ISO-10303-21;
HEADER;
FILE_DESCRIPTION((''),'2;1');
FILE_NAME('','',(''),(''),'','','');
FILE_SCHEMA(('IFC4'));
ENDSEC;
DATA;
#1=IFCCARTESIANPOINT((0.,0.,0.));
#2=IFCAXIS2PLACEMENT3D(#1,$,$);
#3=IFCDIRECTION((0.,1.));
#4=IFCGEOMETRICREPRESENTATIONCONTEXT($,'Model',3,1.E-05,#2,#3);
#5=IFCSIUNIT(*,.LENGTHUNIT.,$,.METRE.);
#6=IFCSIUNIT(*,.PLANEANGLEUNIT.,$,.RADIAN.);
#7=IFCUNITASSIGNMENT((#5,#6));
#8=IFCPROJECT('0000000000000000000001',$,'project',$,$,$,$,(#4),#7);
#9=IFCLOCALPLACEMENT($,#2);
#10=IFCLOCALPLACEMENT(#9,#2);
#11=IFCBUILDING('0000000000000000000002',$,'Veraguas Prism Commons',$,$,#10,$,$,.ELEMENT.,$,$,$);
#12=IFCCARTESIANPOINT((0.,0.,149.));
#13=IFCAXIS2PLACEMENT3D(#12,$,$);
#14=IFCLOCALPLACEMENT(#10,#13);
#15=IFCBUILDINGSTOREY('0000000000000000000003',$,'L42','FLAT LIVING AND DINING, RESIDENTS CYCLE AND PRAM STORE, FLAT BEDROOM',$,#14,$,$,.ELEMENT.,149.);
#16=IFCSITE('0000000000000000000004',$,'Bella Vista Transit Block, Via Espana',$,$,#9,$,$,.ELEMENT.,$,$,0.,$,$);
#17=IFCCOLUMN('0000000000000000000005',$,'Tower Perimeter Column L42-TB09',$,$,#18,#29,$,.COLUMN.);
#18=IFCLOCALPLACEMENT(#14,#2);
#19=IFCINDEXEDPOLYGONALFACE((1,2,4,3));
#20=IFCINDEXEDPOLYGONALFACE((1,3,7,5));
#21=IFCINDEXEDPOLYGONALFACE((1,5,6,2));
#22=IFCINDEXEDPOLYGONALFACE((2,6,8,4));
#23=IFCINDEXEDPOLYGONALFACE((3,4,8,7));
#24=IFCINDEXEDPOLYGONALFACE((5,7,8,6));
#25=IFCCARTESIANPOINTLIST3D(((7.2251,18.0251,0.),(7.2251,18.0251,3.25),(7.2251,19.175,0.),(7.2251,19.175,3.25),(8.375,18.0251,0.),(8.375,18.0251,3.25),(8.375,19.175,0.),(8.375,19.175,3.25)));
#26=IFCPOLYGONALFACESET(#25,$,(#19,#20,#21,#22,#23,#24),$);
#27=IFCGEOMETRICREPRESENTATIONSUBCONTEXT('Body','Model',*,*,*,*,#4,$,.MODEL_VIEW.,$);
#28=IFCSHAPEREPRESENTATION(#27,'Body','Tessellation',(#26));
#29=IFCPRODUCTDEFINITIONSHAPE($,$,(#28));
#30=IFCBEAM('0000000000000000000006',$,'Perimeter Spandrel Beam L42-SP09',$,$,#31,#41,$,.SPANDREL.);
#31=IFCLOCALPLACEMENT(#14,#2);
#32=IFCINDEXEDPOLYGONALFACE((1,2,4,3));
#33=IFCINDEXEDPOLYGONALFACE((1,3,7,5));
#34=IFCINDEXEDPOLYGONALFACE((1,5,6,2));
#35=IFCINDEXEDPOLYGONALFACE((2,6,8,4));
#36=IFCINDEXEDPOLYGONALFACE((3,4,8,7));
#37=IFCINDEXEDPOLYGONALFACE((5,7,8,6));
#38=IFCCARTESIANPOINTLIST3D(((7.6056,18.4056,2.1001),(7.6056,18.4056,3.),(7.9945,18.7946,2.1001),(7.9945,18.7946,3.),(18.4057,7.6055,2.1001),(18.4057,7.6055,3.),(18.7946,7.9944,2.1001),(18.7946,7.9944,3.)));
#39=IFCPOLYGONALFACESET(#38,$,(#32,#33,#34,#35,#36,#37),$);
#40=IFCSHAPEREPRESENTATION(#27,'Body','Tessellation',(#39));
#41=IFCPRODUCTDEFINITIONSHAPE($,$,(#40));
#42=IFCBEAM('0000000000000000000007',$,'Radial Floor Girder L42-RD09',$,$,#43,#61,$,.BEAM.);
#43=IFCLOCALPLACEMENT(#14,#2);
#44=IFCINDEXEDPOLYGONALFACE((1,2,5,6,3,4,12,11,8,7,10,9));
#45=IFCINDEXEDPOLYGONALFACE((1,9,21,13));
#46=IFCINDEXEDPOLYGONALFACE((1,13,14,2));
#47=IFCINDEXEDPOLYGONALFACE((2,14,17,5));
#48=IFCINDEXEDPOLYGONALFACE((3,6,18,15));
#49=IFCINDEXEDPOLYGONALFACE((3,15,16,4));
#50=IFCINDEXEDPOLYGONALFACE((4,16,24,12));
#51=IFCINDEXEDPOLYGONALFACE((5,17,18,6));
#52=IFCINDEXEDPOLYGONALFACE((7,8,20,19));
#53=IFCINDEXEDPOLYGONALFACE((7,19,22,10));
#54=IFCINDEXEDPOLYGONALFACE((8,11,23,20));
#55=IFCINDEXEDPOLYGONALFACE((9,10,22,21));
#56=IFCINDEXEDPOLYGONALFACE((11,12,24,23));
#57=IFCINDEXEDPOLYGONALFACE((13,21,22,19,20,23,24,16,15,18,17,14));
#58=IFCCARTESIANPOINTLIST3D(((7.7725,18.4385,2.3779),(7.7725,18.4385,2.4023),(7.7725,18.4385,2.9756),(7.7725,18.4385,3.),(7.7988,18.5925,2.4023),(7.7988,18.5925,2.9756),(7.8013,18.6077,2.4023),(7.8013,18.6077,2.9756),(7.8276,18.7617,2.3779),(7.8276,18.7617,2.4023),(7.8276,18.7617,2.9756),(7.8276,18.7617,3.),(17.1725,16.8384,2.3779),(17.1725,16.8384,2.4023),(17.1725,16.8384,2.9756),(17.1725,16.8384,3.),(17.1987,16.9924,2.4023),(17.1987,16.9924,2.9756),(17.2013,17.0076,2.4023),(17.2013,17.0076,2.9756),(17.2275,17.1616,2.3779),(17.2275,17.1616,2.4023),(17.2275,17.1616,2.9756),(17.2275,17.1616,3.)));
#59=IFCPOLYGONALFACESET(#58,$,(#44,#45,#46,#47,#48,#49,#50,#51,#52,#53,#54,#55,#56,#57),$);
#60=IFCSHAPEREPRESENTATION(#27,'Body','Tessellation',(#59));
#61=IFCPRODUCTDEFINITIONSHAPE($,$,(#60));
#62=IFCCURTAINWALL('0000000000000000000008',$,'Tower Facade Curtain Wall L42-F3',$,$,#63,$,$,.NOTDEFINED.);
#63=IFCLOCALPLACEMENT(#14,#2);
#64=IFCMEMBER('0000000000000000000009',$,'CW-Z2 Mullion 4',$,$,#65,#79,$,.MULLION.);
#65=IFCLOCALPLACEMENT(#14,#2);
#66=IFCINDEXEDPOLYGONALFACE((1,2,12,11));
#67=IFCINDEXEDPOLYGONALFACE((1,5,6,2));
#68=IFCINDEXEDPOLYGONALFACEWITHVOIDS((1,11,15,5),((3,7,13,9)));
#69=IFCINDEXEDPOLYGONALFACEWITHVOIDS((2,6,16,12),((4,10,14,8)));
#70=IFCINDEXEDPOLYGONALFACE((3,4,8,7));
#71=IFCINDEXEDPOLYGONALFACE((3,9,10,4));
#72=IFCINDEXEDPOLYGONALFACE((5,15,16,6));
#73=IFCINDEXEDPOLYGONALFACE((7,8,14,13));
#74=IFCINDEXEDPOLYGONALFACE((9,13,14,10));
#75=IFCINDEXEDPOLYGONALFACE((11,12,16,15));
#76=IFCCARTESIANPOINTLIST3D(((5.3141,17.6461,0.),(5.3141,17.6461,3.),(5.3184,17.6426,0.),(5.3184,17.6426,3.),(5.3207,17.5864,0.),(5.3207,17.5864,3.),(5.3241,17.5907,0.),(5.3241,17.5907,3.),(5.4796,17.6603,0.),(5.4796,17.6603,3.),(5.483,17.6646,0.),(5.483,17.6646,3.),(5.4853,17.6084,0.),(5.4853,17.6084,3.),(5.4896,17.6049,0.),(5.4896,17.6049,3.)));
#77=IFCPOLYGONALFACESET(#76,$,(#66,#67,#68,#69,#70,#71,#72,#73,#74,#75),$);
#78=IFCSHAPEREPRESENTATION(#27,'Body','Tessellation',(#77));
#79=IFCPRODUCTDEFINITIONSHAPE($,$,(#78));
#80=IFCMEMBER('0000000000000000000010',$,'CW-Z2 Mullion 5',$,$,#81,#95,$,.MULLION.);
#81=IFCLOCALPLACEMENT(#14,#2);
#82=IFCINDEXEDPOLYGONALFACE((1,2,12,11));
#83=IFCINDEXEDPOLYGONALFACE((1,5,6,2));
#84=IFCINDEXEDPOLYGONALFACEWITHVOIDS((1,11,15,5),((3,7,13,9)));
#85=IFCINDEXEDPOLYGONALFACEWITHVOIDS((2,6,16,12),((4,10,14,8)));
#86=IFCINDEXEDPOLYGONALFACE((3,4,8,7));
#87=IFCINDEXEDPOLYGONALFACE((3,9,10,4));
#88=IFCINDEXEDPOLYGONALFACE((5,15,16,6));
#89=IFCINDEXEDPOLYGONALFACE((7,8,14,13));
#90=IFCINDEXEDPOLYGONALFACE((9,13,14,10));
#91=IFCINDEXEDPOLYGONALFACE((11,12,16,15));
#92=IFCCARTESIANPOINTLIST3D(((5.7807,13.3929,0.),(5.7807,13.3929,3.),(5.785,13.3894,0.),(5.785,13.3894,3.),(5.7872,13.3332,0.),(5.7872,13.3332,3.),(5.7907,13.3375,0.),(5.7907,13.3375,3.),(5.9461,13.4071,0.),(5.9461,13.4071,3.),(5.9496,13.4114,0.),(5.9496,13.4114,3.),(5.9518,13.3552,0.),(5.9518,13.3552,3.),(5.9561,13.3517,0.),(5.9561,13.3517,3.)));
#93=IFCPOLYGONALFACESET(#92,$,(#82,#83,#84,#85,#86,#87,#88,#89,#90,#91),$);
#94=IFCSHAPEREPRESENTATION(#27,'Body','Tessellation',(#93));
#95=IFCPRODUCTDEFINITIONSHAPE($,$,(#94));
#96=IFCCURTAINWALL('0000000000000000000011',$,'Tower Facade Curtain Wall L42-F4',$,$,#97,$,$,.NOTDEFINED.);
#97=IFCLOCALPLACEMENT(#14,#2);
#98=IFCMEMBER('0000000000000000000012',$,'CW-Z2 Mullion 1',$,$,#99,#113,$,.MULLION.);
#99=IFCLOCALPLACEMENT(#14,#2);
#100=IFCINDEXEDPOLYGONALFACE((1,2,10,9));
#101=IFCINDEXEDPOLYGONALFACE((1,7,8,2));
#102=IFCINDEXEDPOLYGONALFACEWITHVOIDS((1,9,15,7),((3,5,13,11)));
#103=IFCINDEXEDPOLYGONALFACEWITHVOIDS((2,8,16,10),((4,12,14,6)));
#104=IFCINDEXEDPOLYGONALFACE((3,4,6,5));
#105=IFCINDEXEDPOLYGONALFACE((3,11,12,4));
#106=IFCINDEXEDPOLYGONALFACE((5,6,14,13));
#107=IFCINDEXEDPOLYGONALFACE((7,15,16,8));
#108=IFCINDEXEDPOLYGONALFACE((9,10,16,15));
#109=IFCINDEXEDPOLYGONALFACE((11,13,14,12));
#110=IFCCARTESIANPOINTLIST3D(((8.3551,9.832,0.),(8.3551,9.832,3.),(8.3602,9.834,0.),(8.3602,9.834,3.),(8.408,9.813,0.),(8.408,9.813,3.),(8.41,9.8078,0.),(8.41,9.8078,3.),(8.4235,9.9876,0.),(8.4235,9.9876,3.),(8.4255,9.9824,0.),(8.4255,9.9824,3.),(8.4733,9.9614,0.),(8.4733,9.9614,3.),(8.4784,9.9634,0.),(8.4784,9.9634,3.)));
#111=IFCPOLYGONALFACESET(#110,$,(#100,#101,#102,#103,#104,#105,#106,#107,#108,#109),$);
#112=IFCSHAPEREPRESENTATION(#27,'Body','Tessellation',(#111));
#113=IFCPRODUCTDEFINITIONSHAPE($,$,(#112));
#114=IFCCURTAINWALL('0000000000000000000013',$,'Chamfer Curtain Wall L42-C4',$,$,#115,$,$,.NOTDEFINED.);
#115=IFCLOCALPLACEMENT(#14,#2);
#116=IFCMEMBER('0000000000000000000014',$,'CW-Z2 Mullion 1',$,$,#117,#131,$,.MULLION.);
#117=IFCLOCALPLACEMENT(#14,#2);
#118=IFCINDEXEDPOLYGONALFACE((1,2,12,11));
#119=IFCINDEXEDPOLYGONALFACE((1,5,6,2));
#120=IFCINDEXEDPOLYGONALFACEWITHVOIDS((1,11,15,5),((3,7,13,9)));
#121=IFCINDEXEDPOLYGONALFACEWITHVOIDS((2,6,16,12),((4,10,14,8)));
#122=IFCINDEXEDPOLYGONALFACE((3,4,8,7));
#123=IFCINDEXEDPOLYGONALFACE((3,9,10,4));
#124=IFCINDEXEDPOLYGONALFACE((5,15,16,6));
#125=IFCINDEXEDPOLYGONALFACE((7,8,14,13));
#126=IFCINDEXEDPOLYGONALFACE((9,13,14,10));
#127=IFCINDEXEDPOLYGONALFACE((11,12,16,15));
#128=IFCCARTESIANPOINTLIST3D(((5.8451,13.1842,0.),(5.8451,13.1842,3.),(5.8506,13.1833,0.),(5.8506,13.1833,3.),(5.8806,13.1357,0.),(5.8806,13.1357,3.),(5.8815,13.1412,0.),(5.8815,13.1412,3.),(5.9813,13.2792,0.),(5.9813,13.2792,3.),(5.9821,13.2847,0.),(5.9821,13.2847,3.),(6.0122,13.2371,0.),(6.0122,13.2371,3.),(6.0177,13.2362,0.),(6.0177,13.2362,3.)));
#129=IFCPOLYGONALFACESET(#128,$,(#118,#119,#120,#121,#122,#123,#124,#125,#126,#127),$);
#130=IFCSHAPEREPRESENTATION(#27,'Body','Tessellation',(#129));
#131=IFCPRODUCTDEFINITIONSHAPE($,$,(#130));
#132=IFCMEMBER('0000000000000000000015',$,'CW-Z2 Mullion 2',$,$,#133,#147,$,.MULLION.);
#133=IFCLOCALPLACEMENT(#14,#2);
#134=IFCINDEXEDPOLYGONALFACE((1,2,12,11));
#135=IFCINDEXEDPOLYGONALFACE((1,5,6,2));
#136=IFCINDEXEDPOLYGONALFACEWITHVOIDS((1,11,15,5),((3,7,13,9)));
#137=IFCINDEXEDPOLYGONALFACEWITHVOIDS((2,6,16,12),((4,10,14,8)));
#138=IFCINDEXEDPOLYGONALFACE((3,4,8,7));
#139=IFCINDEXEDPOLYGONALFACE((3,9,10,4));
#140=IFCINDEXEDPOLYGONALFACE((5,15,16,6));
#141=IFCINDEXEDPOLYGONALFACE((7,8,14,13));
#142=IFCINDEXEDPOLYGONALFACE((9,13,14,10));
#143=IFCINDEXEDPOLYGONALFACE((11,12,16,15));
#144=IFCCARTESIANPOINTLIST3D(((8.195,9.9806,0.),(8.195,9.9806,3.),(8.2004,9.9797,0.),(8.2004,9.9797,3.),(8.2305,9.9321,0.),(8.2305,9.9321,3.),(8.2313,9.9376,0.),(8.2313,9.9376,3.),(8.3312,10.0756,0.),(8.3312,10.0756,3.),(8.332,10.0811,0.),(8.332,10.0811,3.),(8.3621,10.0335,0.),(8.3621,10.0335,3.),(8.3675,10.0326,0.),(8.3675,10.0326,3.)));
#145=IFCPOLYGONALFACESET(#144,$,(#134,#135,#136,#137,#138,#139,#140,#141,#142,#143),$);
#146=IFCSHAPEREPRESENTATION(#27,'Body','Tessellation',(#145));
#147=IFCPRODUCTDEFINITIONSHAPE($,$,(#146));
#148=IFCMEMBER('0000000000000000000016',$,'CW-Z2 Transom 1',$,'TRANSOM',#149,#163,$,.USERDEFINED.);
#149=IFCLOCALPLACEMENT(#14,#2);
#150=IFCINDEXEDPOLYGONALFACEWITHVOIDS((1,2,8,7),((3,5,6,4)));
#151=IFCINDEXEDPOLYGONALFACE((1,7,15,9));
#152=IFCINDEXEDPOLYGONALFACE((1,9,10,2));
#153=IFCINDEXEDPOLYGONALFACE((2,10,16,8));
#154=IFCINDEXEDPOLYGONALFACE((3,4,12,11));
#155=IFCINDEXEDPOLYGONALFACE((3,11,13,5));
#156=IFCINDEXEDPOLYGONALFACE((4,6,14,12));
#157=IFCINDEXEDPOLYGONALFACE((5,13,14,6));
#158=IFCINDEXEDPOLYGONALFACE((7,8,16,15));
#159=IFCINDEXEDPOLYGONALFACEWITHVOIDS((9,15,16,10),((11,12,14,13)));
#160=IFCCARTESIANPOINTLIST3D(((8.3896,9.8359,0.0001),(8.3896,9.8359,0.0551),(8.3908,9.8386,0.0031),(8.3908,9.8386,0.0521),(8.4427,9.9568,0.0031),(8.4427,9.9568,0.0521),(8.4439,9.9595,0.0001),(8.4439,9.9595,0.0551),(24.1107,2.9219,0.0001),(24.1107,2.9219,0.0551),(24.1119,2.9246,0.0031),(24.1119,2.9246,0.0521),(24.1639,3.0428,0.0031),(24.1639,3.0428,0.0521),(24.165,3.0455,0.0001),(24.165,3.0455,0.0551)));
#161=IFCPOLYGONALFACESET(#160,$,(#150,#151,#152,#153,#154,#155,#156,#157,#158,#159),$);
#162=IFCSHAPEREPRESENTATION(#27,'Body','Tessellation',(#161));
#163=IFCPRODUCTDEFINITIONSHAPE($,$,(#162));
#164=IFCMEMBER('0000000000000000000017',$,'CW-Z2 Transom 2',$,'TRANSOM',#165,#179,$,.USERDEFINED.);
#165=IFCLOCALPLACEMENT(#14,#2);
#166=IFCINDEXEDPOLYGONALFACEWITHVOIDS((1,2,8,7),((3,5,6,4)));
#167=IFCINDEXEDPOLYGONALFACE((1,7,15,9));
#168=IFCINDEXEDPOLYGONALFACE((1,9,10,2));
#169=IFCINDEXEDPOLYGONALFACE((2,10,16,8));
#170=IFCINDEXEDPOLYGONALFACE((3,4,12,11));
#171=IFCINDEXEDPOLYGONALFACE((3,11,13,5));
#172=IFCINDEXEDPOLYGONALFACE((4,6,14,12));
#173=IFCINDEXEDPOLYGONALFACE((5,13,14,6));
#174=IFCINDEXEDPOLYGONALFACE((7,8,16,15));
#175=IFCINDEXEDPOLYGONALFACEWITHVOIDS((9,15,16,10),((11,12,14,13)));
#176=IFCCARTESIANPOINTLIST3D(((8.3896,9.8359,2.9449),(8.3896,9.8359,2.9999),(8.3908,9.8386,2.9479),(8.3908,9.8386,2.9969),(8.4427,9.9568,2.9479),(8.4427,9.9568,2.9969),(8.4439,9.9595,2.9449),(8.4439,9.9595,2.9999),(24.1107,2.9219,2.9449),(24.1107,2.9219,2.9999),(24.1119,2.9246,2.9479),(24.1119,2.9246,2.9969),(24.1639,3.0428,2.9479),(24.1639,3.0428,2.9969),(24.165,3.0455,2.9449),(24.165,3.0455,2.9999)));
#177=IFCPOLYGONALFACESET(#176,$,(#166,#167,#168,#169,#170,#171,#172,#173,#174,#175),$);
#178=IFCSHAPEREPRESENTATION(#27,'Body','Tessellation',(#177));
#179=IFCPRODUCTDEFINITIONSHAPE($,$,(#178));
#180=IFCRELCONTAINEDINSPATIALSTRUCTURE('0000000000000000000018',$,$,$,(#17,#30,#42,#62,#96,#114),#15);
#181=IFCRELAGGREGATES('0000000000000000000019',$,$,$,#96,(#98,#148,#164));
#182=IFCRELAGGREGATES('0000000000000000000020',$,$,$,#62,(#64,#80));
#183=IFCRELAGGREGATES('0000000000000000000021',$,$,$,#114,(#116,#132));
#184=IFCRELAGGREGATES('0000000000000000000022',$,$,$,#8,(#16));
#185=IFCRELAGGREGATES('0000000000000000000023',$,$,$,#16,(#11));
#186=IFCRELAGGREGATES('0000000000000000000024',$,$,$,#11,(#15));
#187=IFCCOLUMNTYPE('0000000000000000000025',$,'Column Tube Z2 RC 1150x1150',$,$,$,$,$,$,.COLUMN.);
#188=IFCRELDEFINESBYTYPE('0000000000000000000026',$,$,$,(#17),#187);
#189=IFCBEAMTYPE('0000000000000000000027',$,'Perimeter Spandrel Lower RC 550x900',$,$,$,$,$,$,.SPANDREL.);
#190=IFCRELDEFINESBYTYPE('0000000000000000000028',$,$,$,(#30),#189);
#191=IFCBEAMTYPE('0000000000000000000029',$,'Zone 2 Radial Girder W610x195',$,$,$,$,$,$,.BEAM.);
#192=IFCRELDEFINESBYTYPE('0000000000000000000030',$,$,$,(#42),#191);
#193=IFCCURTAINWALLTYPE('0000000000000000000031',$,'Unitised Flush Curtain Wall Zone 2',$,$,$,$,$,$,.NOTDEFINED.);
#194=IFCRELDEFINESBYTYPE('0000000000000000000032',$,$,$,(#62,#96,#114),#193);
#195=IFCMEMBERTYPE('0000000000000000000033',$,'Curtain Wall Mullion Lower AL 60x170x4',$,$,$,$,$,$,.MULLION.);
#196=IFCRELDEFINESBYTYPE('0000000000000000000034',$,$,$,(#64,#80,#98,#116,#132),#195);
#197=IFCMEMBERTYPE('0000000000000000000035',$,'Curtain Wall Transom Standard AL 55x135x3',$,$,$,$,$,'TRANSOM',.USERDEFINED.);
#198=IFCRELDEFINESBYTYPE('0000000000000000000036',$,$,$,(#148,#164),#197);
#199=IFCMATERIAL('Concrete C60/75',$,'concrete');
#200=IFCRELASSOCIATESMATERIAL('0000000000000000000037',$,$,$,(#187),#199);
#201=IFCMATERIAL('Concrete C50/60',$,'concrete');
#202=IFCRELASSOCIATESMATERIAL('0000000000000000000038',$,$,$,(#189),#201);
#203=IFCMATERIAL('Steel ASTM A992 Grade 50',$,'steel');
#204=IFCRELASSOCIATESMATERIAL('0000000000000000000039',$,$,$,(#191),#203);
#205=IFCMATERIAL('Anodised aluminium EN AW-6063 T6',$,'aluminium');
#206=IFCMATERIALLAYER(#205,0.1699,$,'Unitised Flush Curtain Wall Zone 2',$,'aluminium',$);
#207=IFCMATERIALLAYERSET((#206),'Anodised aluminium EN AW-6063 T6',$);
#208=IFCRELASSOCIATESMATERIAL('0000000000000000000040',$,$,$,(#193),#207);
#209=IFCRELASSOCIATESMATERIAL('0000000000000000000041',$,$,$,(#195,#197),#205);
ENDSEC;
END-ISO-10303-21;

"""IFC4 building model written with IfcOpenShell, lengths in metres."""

from ifc_helpers import new_model, si_unit, direction, frame, origin, origin_2d, place, context, subcontext, project, spatial, rectangle, hollow_rectangle, i_section, extrude, source, transform, mapped, material, layer, layer_set, material_profile, profile_set, type_object, element, aggregate, save


model = new_model("IFC4")

# Units and contexts
model_context = context("Model", 3, precision=1e-05, world=origin(), true_north=direction((0.0, 1.0)))
body_context = subcontext(model_context, "Body", "Model", "MODEL_VIEW")
ifc_project = project(units=[si_unit("LENGTHUNIT", "METRE"), si_unit("PLANEANGLEUNIT", "RADIAN")], contexts=[model_context])

# Site, building, storey
site_placement = place(None, origin())
site = spatial("IfcSite", under=ifc_project, at=site_placement, Name="Bella Vista Transit Block, Via Espana", CompositionType="ELEMENT", RefElevation=0.0)
building_placement = place(site_placement, origin())
building = spatial("IfcBuilding", under=site, at=building_placement, Name="Veraguas Prism Commons", CompositionType="ELEMENT")
storey_placement = place(building_placement, frame((0.0, 0.0, 149.0)))
storey = spatial("IfcBuildingStorey", under=building, at=storey_placement, Name="L42", Description="FLAT LIVING AND DINING, RESIDENTS CYCLE AND PRAM STORE, FLAT BEDROOM", CompositionType="ELEMENT", Elevation=149.0)

# Column
ifc_material_1 = material(Name="Concrete C60/75", Category="concrete")
ifc_material_profile_1 = material_profile(ifc_material_1, rectangle(XDim=1.1499, YDim=1.1499, at=origin_2d()), Name="RC1150X1150")
ifc_profile_set_1 = profile_set([ifc_material_profile_1], Name="Concrete C60/75")
column_type = type_object("IfcColumnType", Name="Column Tube Z2 RC 1150x1150", PredefinedType="COLUMN", material=ifc_profile_set_1)
column_placement = place(storey_placement, frame((7.8, 18.6001, 0.0), z_axis=(0.0, 0.0, 1.0), x_axis=(1.0, 0.0, 0.0)))
element("IfcColumn", 1, at=column_placement, inside=storey, type_object=column_type, Name="Tower Perimeter Column L42-TB09", PredefinedType="COLUMN", context=body_context, shape_type="SweptSolid", body=[
    extrude(rectangle(XDim=1.1499, YDim=1.1499, at=origin_2d()), origin(), (0.0, 0.0, 1.0), 3.25),
])

# Beams
ifc_material_2 = material(Name="Concrete C50/60", Category="concrete")
ifc_material_profile_2 = material_profile(ifc_material_2, rectangle(XDim=0.55, YDim=0.8999, at=origin_2d()), Name="RC550X900")
ifc_profile_set_2 = profile_set([ifc_material_profile_2], Name="Concrete C50/60")
beam_type_1 = type_object("IfcBeamType", Name="Perimeter Spandrel Lower RC 550x900", PredefinedType="SPANDREL", material=ifc_profile_set_2)
beam_1_placement = place(storey_placement, frame((7.8, 18.6001, 2.55), z_axis=(0.707107, -0.707107, 0.0), x_axis=(0.707107, 0.707107, 0.0)))
element("IfcBeam", 2, at=beam_1_placement, inside=storey, type_object=beam_type_1, Name="Perimeter Spandrel Beam L42-SP09", PredefinedType="SPANDREL", context=body_context, shape_type="SweptSolid", body=[
    extrude(rectangle(XDim=0.55, YDim=0.8999, at=origin_2d()), origin(), (0.0, 0.0, 1.0), 15.2737),
])
ifc_material_3 = material(Name="Steel ASTM A992 Grade 50", Category="steel")
ifc_material_profile_3 = material_profile(ifc_material_3, i_section(OverallWidth=0.3279, OverallDepth=0.6221, WebThickness=0.0154, FlangeThickness=0.0244, at=origin_2d()), Name="W610X195")
ifc_profile_set_3 = profile_set([ifc_material_profile_3], Name="Steel ASTM A992 Grade 50")
beam_type_2 = type_object("IfcBeamType", Name="Zone 2 Radial Girder W610x195", PredefinedType="BEAM", material=ifc_profile_set_3)
beam_2_placement = place(storey_placement, frame((7.8, 18.6001, 2.689), z_axis=(0.985819, -0.167811, 0.0), x_axis=(0.167811, 0.985819, 0.0)))
element("IfcBeam", 3, at=beam_2_placement, inside=storey, type_object=beam_type_2, Name="Radial Floor Girder L42-RD09", PredefinedType="BEAM", context=body_context, shape_type="SweptSolid", body=[
    extrude(i_section(OverallWidth=0.3279, OverallDepth=0.6221, WebThickness=0.0154, FlangeThickness=0.0244, at=origin_2d()), origin(), (0.0, 0.0, 1.0), 9.5352),
])

# Curtain wall, members
ifc_material_4 = material(Name="Anodised aluminium EN AW-6063 T6", Category="aluminium")
ifc_layer_1 = layer(ifc_material_4, 0.1699, Name="Unitised Flush Curtain Wall Zone 2", Category="aluminium")
ifc_layer_set_1 = layer_set([ifc_layer_1], Name="Anodised aluminium EN AW-6063 T6")
curtain_wall_type = type_object("IfcCurtainWallType", Name="Unitised Flush Curtain Wall Zone 2", PredefinedType="NOTDEFINED", material=ifc_layer_set_1)
curtain_wall_1_placement = place(storey_placement, origin())
curtain_wall_1 = element("IfcCurtainWall", 4, at=curtain_wall_1_placement, inside=storey, type_object=curtain_wall_type, Name="Tower Facade Curtain Wall L42-F3", PredefinedType="NOTDEFINED")
ifc_material_profile_4 = material_profile(ifc_material_4, hollow_rectangle(XDim=0.0601, YDim=0.1699, WallThickness=0.0039, at=origin_2d()), Name="AL60X170X4")
ifc_profile_set_4 = profile_set([ifc_material_profile_4], Name="Anodised aluminium EN AW-6063 T6")
member_type_1 = type_object("IfcMemberType", Name="Curtain Wall Mullion Lower AL 60x170x4", PredefinedType="MULLION", material=ifc_profile_set_4)
shared_shape_1 = source(origin(), body_context, "Body", "SweptSolid", [
    extrude(hollow_rectangle(XDim=0.0601, YDim=0.1699, WallThickness=0.0039, at=origin_2d()), origin(), (0.0, 0.0, 1.0), 3.0),
])
member_1_placement = place(storey_placement, frame((5.4019, 17.6255, 0.0), z_axis=(0.0, 0.0, 1.0), x_axis=(0.109044, -0.994037, 0.0)))
member_1 = element("IfcMember", 5, at=member_1_placement, type_object=member_type_1, Name="CW-Z2 Mullion 4", PredefinedType="MULLION", context=body_context, shape_type="MappedRepresentation", body=[
    mapped(shared_shape_1, transform((0.0, 0.0, 0.0), scale=1.0)),
])
member_2_placement = place(storey_placement, frame((5.8684, 13.3723, 0.0), z_axis=(0.0, 0.0, 1.0), x_axis=(0.109044, -0.994037, 0.0)))
member_2 = element("IfcMember", 6, at=member_2_placement, type_object=member_type_1, Name="CW-Z2 Mullion 5", PredefinedType="MULLION", context=body_context, shape_type="MappedRepresentation", body=[
    mapped(shared_shape_1, transform((0.0, 0.0, 0.0), scale=1.0)),
])

# Curtain wall, member
curtain_wall_2_placement = place(storey_placement, origin())
curtain_wall_2 = element("IfcCurtainWall", 7, at=curtain_wall_2_placement, inside=storey, type_object=curtain_wall_type, Name="Tower Facade Curtain Wall L42-F4", PredefinedType="NOTDEFINED")
member_3_placement = place(storey_placement, frame((8.4167, 9.8977, 0.0), z_axis=(0.0, 0.0, 1.0), x_axis=(0.915385, -0.402579, 0.0)))
member_3 = element("IfcMember", 8, at=member_3_placement, type_object=member_type_1, Name="CW-Z2 Mullion 1", PredefinedType="MULLION", context=body_context, shape_type="MappedRepresentation", body=[
    mapped(shared_shape_1, transform((0.0, 0.0, 0.0), scale=1.0)),
])

# Curtain wall, members
curtain_wall_3_placement = place(storey_placement, origin())
curtain_wall_3 = element("IfcCurtainWall", 9, at=curtain_wall_3_placement, inside=storey, type_object=curtain_wall_type, Name="Chamfer Curtain Wall L42-C4", PredefinedType="NOTDEFINED")
member_4_placement = place(storey_placement, frame((5.9314, 13.2102, 0.0), z_axis=(0.0, 0.0, 1.0), x_axis=(0.591432, -0.806355, 0.0)))
member_4 = element("IfcMember", 10, at=member_4_placement, type_object=member_type_1, Name="CW-Z2 Mullion 1", PredefinedType="MULLION", context=body_context, shape_type="MappedRepresentation", body=[
    mapped(shared_shape_1, transform((0.0, 0.0, 0.0), scale=1.0)),
])
member_5_placement = place(storey_placement, frame((8.2812, 10.0066, 0.0), z_axis=(0.0, 0.0, 1.0), x_axis=(0.591432, -0.806355, 0.0)))
member_5 = element("IfcMember", 11, at=member_5_placement, type_object=member_type_1, Name="CW-Z2 Mullion 2", PredefinedType="MULLION", context=body_context, shape_type="MappedRepresentation", body=[
    mapped(shared_shape_1, transform((0.0, 0.0, 0.0), scale=1.0)),
])

# Members
ifc_material_profile_5 = material_profile(ifc_material_4, hollow_rectangle(XDim=0.0549, YDim=0.135, WallThickness=0.0029, at=origin_2d()), Name="AL55X135X3")
ifc_profile_set_5 = profile_set([ifc_material_profile_5], Name="Anodised aluminium EN AW-6063 T6")
member_type_2 = type_object("IfcMemberType", Name="Curtain Wall Transom Standard AL 55x135x3", ElementType="TRANSOM", PredefinedType="USERDEFINED", material=ifc_profile_set_5)
shared_shape_2 = source(origin(), body_context, "Body", "SweptSolid", [
    extrude(hollow_rectangle(XDim=0.0549, YDim=0.135, WallThickness=0.0029, at=origin_2d()), origin(), (0.0, 0.0, 1.0), 17.1743),
])
member_6_placement = place(storey_placement, frame((8.4167, 9.8977, 0.0276), z_axis=(0.915385, -0.402579, 0.0), x_axis=(0.0, 0.0, 1.0)))
member_6 = element("IfcMember", 12, at=member_6_placement, type_object=member_type_2, Name="CW-Z2 Transom 1", ObjectType="TRANSOM", PredefinedType="USERDEFINED", context=body_context, shape_type="MappedRepresentation", body=[
    mapped(shared_shape_2, transform((0.0, 0.0, 0.0), scale=1.0)),
])
member_7_placement = place(storey_placement, frame((8.4167, 9.8977, 2.9724), z_axis=(0.915385, -0.402579, 0.0), x_axis=(0.0, 0.0, 1.0)))
member_7 = element("IfcMember", 13, at=member_7_placement, type_object=member_type_2, Name="CW-Z2 Transom 2", ObjectType="TRANSOM", PredefinedType="USERDEFINED", context=body_context, shape_type="MappedRepresentation", body=[
    mapped(shared_shape_2, transform((0.0, 0.0, 0.0), scale=1.0)),
])

aggregate(curtain_wall_2, [member_3, member_6, member_7])
aggregate(curtain_wall_1, [member_1, member_2])
aggregate(curtain_wall_3, [member_4, member_5])

save(model, "model.ifc")
